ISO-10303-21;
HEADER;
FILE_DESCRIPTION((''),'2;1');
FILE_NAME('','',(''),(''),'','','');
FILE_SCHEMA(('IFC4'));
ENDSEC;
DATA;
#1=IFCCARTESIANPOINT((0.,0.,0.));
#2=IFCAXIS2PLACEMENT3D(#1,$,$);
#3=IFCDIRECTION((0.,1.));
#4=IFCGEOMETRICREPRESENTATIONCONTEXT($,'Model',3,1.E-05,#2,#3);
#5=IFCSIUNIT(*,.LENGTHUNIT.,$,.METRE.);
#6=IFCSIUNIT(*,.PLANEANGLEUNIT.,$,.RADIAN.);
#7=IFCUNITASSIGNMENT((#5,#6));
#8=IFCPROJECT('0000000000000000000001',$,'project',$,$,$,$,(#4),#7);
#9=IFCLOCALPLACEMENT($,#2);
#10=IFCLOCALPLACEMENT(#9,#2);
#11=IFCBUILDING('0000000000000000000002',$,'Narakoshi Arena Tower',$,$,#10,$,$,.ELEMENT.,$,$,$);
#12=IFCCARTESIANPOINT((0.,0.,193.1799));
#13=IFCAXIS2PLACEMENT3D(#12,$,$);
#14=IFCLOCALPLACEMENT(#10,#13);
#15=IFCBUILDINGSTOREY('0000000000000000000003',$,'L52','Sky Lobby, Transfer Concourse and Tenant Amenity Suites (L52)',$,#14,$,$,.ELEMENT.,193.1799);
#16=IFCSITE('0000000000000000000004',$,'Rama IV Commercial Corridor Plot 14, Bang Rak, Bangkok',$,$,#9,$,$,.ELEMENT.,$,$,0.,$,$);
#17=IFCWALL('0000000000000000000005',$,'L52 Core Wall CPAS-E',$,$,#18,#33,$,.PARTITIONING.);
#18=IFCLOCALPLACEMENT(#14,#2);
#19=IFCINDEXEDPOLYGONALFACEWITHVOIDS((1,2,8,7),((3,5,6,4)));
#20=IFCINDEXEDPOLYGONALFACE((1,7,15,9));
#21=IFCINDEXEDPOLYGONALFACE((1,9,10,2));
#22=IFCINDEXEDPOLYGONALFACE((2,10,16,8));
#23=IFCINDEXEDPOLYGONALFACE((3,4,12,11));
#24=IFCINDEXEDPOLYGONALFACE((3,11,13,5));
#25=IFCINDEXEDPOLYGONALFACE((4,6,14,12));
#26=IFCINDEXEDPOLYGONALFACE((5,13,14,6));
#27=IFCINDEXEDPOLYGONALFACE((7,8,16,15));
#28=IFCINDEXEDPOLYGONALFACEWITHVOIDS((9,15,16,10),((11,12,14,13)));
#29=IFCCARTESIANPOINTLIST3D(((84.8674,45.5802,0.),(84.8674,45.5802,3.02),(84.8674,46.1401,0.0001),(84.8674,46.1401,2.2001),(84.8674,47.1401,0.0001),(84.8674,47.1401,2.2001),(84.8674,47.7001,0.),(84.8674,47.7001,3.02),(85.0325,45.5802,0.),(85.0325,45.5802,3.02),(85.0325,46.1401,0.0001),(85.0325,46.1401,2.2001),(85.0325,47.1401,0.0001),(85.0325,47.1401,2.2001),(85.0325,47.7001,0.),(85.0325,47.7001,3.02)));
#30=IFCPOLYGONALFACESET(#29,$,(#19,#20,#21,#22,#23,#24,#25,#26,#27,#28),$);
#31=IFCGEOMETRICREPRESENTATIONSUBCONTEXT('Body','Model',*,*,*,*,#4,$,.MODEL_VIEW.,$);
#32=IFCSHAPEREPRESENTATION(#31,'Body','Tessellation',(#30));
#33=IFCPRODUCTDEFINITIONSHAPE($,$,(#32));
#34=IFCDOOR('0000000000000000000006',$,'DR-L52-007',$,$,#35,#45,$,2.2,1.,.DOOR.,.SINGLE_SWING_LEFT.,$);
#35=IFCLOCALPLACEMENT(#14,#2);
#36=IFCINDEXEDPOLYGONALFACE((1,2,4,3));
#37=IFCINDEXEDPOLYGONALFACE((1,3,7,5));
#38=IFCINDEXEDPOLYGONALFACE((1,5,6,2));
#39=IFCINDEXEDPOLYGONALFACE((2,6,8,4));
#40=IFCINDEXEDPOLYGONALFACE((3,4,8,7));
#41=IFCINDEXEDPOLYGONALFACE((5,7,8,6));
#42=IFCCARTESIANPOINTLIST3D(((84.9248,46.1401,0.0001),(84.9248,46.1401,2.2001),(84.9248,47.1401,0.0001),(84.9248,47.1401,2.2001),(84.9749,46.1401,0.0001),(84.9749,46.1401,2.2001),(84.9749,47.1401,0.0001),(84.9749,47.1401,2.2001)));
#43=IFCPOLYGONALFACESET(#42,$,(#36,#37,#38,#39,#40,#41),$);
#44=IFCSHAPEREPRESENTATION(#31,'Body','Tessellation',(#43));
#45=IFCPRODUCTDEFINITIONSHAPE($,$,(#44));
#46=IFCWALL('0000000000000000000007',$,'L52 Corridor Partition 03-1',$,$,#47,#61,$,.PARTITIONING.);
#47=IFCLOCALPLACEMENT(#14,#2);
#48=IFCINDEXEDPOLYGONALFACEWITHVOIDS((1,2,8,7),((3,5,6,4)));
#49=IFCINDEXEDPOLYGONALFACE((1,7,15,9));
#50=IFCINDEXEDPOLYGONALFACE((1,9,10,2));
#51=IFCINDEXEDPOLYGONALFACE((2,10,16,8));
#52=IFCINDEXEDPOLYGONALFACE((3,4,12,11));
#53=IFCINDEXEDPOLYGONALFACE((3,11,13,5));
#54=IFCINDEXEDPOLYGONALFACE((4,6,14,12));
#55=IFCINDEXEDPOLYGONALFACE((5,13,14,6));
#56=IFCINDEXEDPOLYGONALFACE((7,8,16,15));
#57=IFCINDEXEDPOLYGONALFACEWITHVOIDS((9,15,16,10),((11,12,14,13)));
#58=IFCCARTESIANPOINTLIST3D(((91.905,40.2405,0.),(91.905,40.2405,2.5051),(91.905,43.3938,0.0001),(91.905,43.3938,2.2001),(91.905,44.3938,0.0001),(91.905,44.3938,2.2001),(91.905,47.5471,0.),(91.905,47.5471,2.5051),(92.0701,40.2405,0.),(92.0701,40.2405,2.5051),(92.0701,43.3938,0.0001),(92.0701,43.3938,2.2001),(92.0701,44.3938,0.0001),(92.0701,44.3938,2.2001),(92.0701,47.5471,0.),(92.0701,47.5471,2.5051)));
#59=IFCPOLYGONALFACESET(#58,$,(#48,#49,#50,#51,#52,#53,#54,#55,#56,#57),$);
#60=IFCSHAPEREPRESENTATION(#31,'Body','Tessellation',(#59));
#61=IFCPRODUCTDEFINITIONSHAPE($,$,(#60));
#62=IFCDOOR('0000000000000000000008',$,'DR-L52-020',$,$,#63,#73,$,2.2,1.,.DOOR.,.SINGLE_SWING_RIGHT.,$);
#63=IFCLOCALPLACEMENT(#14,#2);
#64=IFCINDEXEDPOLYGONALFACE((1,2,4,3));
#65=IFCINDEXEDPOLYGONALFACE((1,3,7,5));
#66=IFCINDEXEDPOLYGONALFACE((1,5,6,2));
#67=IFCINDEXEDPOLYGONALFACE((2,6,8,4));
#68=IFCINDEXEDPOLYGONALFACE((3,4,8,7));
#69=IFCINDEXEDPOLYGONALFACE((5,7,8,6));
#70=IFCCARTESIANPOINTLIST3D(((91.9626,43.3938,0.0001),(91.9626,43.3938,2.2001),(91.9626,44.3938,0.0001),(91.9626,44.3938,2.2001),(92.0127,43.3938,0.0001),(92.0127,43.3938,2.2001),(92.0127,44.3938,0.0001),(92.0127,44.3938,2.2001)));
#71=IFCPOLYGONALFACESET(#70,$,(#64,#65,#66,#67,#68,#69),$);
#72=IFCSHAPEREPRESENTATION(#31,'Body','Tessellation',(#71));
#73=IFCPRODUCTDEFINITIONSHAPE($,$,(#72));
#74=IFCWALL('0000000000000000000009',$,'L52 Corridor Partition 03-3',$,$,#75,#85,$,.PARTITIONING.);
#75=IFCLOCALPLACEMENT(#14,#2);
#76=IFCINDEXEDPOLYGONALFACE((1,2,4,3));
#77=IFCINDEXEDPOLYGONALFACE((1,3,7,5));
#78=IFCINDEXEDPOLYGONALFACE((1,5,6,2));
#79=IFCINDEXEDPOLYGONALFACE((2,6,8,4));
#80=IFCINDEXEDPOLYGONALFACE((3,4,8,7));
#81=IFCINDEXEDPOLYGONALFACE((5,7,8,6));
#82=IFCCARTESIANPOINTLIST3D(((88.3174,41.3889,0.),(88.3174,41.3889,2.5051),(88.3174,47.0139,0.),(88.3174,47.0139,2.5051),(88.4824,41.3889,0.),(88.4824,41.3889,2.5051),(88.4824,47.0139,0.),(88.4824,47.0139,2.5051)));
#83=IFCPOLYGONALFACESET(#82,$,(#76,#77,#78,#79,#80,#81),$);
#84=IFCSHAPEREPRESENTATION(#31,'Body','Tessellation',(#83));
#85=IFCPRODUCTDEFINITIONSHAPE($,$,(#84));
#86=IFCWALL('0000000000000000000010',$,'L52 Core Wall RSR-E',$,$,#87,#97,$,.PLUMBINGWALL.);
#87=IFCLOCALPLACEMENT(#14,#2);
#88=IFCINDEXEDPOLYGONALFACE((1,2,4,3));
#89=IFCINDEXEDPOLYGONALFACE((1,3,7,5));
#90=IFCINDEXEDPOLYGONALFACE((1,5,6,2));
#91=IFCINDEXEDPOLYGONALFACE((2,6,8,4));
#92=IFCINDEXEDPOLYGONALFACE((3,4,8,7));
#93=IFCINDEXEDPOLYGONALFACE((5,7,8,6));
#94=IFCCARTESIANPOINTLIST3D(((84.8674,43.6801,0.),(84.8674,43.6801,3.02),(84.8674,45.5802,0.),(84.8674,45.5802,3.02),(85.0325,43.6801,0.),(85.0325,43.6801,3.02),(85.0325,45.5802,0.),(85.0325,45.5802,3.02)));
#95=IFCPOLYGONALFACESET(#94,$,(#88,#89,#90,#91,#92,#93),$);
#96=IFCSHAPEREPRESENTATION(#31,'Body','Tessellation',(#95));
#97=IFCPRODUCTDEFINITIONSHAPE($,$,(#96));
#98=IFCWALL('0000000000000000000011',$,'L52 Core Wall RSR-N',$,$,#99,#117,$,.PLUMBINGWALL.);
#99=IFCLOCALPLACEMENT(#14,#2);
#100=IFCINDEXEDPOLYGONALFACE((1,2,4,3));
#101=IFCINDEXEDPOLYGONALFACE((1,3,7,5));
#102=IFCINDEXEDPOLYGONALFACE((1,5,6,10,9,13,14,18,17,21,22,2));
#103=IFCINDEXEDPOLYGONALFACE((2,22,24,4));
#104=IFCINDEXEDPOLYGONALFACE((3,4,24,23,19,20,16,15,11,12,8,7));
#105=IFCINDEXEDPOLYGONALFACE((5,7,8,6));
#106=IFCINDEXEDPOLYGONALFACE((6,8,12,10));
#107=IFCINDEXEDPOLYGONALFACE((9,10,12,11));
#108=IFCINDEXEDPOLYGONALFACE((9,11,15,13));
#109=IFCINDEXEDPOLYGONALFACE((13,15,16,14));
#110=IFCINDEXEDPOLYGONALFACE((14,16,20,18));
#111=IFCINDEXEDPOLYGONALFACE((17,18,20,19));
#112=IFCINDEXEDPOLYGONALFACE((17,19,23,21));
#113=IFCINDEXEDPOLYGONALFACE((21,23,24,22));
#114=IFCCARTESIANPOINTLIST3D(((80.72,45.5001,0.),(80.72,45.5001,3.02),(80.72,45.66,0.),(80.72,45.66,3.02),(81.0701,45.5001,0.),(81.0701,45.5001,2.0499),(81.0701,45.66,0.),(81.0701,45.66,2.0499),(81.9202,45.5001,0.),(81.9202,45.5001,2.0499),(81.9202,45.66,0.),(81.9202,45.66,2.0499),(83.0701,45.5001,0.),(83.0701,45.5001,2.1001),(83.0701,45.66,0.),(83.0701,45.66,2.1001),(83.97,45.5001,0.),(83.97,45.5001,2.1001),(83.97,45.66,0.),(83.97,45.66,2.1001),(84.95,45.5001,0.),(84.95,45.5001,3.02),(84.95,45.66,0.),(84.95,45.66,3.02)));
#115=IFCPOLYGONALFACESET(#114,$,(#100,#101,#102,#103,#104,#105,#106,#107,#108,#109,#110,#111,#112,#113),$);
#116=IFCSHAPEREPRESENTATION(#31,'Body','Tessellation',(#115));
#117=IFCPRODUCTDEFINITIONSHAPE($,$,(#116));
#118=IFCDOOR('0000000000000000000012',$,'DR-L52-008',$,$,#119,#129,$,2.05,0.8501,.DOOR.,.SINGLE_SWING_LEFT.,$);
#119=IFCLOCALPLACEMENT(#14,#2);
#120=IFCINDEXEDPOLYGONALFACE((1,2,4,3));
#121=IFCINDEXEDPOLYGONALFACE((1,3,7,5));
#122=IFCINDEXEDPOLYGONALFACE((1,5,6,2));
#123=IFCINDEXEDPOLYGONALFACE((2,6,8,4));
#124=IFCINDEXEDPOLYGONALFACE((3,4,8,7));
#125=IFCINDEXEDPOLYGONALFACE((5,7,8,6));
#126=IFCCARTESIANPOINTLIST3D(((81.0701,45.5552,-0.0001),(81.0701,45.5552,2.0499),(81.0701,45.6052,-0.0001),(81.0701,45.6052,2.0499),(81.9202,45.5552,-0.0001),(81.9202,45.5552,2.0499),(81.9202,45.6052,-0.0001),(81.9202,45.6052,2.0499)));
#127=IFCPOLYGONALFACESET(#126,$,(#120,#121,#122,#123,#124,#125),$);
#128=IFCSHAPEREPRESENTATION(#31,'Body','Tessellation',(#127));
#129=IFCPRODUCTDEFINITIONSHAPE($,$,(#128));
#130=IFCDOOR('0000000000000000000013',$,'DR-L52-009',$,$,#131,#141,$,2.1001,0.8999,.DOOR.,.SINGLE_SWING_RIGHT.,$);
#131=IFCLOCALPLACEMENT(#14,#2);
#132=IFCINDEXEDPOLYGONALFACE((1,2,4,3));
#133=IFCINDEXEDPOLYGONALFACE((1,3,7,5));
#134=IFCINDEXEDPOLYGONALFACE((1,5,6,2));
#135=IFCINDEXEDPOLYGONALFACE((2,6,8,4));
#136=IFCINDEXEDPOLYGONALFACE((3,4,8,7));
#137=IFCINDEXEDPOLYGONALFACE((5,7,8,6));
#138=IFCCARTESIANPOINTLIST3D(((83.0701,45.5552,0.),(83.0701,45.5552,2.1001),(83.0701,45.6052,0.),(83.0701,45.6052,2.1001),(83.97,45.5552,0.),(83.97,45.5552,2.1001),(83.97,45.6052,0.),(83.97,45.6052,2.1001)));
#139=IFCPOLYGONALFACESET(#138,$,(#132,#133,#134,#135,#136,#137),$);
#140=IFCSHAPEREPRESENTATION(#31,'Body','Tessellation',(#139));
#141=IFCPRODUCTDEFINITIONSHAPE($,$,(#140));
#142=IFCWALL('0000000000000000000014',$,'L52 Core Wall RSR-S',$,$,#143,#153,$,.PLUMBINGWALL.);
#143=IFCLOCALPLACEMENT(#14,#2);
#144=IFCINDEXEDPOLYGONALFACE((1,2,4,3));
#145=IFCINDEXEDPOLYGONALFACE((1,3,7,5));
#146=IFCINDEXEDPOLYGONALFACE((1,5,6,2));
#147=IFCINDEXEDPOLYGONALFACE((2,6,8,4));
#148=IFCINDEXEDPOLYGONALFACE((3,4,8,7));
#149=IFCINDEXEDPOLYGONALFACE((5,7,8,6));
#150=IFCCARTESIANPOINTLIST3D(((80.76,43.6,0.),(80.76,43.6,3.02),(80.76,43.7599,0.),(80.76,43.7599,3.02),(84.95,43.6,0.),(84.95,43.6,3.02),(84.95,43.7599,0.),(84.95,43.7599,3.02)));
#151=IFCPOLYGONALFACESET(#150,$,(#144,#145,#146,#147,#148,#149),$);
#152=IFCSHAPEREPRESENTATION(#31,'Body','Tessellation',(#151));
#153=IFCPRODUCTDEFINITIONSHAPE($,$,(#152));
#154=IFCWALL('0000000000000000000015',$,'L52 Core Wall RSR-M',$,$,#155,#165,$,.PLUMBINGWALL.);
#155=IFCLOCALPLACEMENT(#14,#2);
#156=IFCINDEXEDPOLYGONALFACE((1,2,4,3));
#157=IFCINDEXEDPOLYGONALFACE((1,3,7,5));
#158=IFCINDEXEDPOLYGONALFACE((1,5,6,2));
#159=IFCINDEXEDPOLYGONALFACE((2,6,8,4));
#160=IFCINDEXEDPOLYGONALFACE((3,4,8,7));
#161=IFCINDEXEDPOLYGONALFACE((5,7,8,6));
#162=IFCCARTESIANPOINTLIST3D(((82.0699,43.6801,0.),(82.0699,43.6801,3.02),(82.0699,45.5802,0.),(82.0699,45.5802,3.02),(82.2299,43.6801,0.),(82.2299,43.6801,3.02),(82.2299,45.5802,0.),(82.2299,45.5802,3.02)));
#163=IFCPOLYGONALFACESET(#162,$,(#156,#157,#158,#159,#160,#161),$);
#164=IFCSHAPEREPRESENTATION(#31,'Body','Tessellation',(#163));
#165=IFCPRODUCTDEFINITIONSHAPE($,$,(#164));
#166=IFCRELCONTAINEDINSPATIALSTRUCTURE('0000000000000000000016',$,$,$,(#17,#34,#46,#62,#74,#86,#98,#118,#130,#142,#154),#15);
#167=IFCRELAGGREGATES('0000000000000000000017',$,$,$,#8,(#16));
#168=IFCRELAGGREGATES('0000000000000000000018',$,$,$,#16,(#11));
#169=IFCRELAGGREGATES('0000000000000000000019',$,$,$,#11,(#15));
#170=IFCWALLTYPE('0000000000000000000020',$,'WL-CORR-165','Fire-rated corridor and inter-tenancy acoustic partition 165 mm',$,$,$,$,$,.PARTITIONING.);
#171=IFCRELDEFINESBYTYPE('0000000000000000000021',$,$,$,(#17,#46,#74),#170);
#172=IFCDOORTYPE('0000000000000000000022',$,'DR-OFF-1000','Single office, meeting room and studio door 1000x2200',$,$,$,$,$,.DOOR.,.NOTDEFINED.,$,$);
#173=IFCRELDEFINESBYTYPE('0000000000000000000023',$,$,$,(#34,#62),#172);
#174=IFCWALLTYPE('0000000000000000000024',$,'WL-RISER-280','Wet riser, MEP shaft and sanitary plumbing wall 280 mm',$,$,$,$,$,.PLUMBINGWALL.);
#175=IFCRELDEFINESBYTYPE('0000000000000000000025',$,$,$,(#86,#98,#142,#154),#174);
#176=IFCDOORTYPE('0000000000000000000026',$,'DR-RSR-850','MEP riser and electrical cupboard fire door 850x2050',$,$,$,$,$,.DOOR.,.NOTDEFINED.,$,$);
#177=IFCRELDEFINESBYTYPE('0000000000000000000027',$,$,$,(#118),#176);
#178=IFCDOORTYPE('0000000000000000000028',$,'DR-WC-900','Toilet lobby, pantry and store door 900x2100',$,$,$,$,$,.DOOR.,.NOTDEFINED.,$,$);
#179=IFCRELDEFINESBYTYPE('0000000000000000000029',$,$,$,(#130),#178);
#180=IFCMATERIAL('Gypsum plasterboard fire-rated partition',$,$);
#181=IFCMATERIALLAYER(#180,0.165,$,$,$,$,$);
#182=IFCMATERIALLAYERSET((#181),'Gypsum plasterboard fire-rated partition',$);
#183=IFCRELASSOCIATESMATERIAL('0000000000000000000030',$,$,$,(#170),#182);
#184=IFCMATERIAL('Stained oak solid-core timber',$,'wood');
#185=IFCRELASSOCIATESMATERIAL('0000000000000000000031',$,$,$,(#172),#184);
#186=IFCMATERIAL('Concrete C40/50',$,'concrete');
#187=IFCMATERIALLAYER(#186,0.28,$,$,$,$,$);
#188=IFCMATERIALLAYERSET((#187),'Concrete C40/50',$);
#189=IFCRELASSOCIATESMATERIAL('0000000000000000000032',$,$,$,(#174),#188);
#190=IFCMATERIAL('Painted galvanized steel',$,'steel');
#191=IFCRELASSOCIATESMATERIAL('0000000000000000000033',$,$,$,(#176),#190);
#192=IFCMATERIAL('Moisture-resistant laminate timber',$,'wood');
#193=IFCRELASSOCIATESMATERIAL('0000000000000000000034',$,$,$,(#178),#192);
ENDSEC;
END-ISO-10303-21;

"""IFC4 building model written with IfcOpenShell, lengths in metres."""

from ifc_helpers import new_model, si_unit, direction, frame, frame_2d, origin, place, context, subcontext, project, spatial, rectangle, extrude, material, layer, layer_set, type_object, element, fill, save


model = new_model("IFC4")

# Units and contexts
model_context = context("Model", 3, precision=1e-05, world=origin(), true_north=direction((0.0, 1.0)))
body_context = subcontext(model_context, "Body", "Model", "MODEL_VIEW")
ifc_project = project(units=[si_unit("LENGTHUNIT", "METRE"), si_unit("PLANEANGLEUNIT", "RADIAN")], contexts=[model_context])

# Site, building, storey
site_placement = place(None, origin())
site = spatial("IfcSite", under=ifc_project, at=site_placement, Name="Rama IV Commercial Corridor Plot 14, Bang Rak, Bangkok", CompositionType="ELEMENT", RefElevation=0.0)
building_placement = place(site_placement, origin())
building = spatial("IfcBuilding", under=site, at=building_placement, Name="Narakoshi Arena Tower", CompositionType="ELEMENT")
storey_placement = place(building_placement, frame((0.0, 0.0, 193.1799)))
storey = spatial("IfcBuildingStorey", under=building, at=storey_placement, Name="L52", Description="Sky Lobby, Transfer Concourse and Tenant Amenity Suites (L52)", CompositionType="ELEMENT", Elevation=193.1799)

# Walls, openings, doors
ifc_material_1 = material(Name="Gypsum plasterboard fire-rated partition")
ifc_layer_1 = layer(ifc_material_1, 0.165)
ifc_layer_set_1 = layer_set([ifc_layer_1], Name="Gypsum plasterboard fire-rated partition")
wall_type_1 = type_object("IfcWallType", Name="WL-CORR-165", Description="Fire-rated corridor and inter-tenancy acoustic partition 165 mm", PredefinedType="PARTITIONING", material=ifc_layer_set_1)
wall_1_placement = place(storey_placement, frame((84.95, 45.5801, 0.0), z_axis=(0.0, 0.0, 1.0), x_axis=(0.0, 1.0, 0.0)))
wall_1 = element("IfcWall", 1, at=wall_1_placement, inside=storey, type_object=wall_type_1, Name="L52 Core Wall CPAS-E", PredefinedType="PARTITIONING", context=body_context, shape_type="SweptSolid", body=[
    extrude(rectangle(XDim=2.1199, YDim=0.165, at=frame_2d((1.0601, 0.0))), origin(), (0.0, 0.0, 1.0), 3.02),
])
opening_1_placement = place(wall_1_placement, frame((0.5601, 0.0, 0.0)))
opening_1 = element("IfcOpeningElement", 2, at=opening_1_placement, cuts=wall_1, PredefinedType="OPENING", context=body_context, shape_type="SweptSolid", body=[
    extrude(rectangle(XDim=1.0, YDim=2.2, at=frame_2d((0.5, 1.1001))), frame((0.0, 0.0925, 0.0), z_axis=(0.0, -1.0, 0.0), x_axis=(1.0, 0.0, 0.0)), (0.0, 0.0, 1.0), 0.1851),
])
ifc_material_2 = material(Name="Stained oak solid-core timber", Category="wood")
door_type_1 = type_object("IfcDoorType", Name="DR-OFF-1000", Description="Single office, meeting room and studio door 1000x2200", OperationType="NOTDEFINED", PredefinedType="DOOR", material=ifc_material_2)
door_1_placement = place(opening_1_placement, frame((1.0, 0.0, 0.0), z_axis=(0.0, 0.0, 1.0), x_axis=(-1.0, 0.0, 0.0)))
door_1 = element("IfcDoor", 3, at=door_1_placement, inside=storey, type_object=door_type_1, Name="DR-L52-007", OperationType="SINGLE_SWING_LEFT", OverallHeight=2.2, OverallWidth=1.0, PredefinedType="DOOR", context=body_context, shape_type="SweptSolid", body=[
    extrude(rectangle(XDim=1.0, YDim=2.2, at=frame_2d((0.5, 1.1001))), frame((0.0, 0.0249, 0.0), z_axis=(0.0, -1.0, 0.0), x_axis=(1.0, 0.0, 0.0)), (0.0, 0.0, 1.0), 0.05),
])
fill(opening_1, door_1)
wall_2_placement = place(storey_placement, frame((91.9875, 47.5471, 0.0), z_axis=(0.0, 0.0, 1.0), x_axis=(0.0, -1.0, 0.0)))
wall_2 = element("IfcWall", 4, at=wall_2_placement, inside=storey, type_object=wall_type_1, Name="L52 Corridor Partition 03-1", PredefinedType="PARTITIONING", context=body_context, shape_type="SweptSolid", body=[
    extrude(rectangle(XDim=7.3066, YDim=0.165, at=frame_2d((3.6533, 0.0))), origin(), (0.0, 0.0, 1.0), 2.5051),
])
opening_2_placement = place(wall_2_placement, frame((3.1533, 0.0, 0.0)))
opening_2 = element("IfcOpeningElement", 5, at=opening_2_placement, cuts=wall_2, PredefinedType="OPENING", context=body_context, shape_type="SweptSolid", body=[
    extrude(rectangle(XDim=1.0, YDim=2.2, at=frame_2d((0.5, 1.1001))), frame((0.0, 0.0925, 0.0), z_axis=(0.0, -1.0, 0.0), x_axis=(1.0, 0.0, 0.0)), (0.0, 0.0, 1.0), 0.1851),
])
door_2_placement = place(opening_2_placement, frame((1.0, 0.0, 0.0), z_axis=(0.0, 0.0, 1.0), x_axis=(-1.0, 0.0, 0.0)))
door_2 = element("IfcDoor", 6, at=door_2_placement, inside=storey, type_object=door_type_1, Name="DR-L52-020", OperationType="SINGLE_SWING_RIGHT", OverallHeight=2.2, OverallWidth=1.0, PredefinedType="DOOR", context=body_context, shape_type="SweptSolid", body=[
    extrude(rectangle(XDim=1.0, YDim=2.2, at=frame_2d((0.5, 1.1001))), frame((0.0, 0.0249, 0.0), z_axis=(0.0, -1.0, 0.0), x_axis=(1.0, 0.0, 0.0)), (0.0, 0.0, 1.0), 0.05),
])
fill(opening_2, door_2)

# Walls
wall_3_placement = place(storey_placement, frame((88.3999, 41.3889, 0.0), z_axis=(0.0, 0.0, 1.0), x_axis=(0.0, 1.0, 0.0)))
element("IfcWall", 7, at=wall_3_placement, inside=storey, type_object=wall_type_1, Name="L52 Corridor Partition 03-3", PredefinedType="PARTITIONING", context=body_context, shape_type="SweptSolid", body=[
    extrude(rectangle(XDim=5.625, YDim=0.165, at=frame_2d((2.8125, 0.0))), origin(), (0.0, 0.0, 1.0), 2.5051),
])
ifc_material_3 = material(Name="Concrete C40/50", Category="concrete")
ifc_layer_2 = layer(ifc_material_3, 0.28)
ifc_layer_set_2 = layer_set([ifc_layer_2], Name="Concrete C40/50")
wall_type_2 = type_object("IfcWallType", Name="WL-RISER-280", Description="Wet riser, MEP shaft and sanitary plumbing wall 280 mm", PredefinedType="PLUMBINGWALL", material=ifc_layer_set_2)
wall_4_placement = place(storey_placement, frame((84.95, 43.6799, 0.0), z_axis=(0.0, 0.0, 1.0), x_axis=(0.0, 1.0, 0.0)))
element("IfcWall", 8, at=wall_4_placement, inside=storey, type_object=wall_type_2, Name="L52 Core Wall RSR-E", PredefinedType="PLUMBINGWALL", context=body_context, shape_type="SweptSolid", body=[
    extrude(rectangle(XDim=1.9001, YDim=0.165, at=frame_2d((0.9502, 0.0))), origin(), (0.0, 0.0, 1.0), 3.02),
])

# Wall, openings, doors
wall_5_placement = place(storey_placement, frame((80.72, 45.5801, 0.0), z_axis=(0.0, 0.0, 1.0), x_axis=(1.0, 0.0, 0.0)))
wall_5 = element("IfcWall", 9, at=wall_5_placement, inside=storey, type_object=wall_type_2, Name="L52 Core Wall RSR-N", PredefinedType="PLUMBINGWALL", context=body_context, shape_type="SweptSolid", body=[
    extrude(rectangle(XDim=4.23, YDim=0.1599, at=frame_2d((2.115, 0.0))), origin(), (0.0, 0.0, 1.0), 3.02),
])
opening_3_placement = place(wall_5_placement, frame((0.3501, 0.0, 0.0)))
opening_3 = element("IfcOpeningElement", 10, at=opening_3_placement, cuts=wall_5, PredefinedType="OPENING", context=body_context, shape_type="SweptSolid", body=[
    extrude(rectangle(XDim=0.8501, YDim=2.05, at=frame_2d((0.425, 1.0249))), frame((0.0, 0.0898, 0.0), z_axis=(0.0, -1.0, 0.0), x_axis=(1.0, 0.0, 0.0)), (0.0, 0.0, 1.0), 0.1799),
])
opening_4_placement = place(wall_5_placement, frame((2.3501, 0.0, 0.0)))
opening_4 = element("IfcOpeningElement", 11, at=opening_4_placement, cuts=wall_5, PredefinedType="OPENING", context=body_context, shape_type="SweptSolid", body=[
    extrude(rectangle(XDim=0.8999, YDim=2.1001, at=frame_2d((0.45, 1.05))), frame((0.0, 0.0898, 0.0), z_axis=(0.0, -1.0, 0.0), x_axis=(1.0, 0.0, 0.0)), (0.0, 0.0, 1.0), 0.1799),
])
ifc_material_4 = material(Name="Painted galvanized steel", Category="steel")
door_type_2 = type_object("IfcDoorType", Name="DR-RSR-850", Description="MEP riser and electrical cupboard fire door 850x2050", OperationType="NOTDEFINED", PredefinedType="DOOR", material=ifc_material_4)
door_3_placement = place(opening_3_placement, frame((0.8501, 0.0, 0.0), z_axis=(0.0, 0.0, 1.0), x_axis=(-1.0, 0.0, 0.0)))
door_3 = element("IfcDoor", 12, at=door_3_placement, inside=storey, type_object=door_type_2, Name="DR-L52-008", OperationType="SINGLE_SWING_LEFT", OverallHeight=2.05, OverallWidth=0.8501, PredefinedType="DOOR", context=body_context, shape_type="SweptSolid", body=[
    extrude(rectangle(XDim=0.8501, YDim=2.05, at=frame_2d((0.425, 1.0249))), frame((0.0, 0.0249, 0.0), z_axis=(0.0, -1.0, 0.0), x_axis=(1.0, 0.0, 0.0)), (0.0, 0.0, 1.0), 0.05),
])
fill(opening_3, door_3)
ifc_material_5 = material(Name="Moisture-resistant laminate timber", Category="wood")
door_type_3 = type_object("IfcDoorType", Name="DR-WC-900", Description="Toilet lobby, pantry and store door 900x2100", OperationType="NOTDEFINED", PredefinedType="DOOR", material=ifc_material_5)
door_4_placement = place(opening_4_placement, frame((0.8999, 0.0, 0.0), z_axis=(0.0, 0.0, 1.0), x_axis=(-1.0, 0.0, 0.0)))
door_4 = element("IfcDoor", 13, at=door_4_placement, inside=storey, type_object=door_type_3, Name="DR-L52-009", OperationType="SINGLE_SWING_RIGHT", OverallHeight=2.1001, OverallWidth=0.8999, PredefinedType="DOOR", context=body_context, shape_type="SweptSolid", body=[
    extrude(rectangle(XDim=0.8999, YDim=2.1001, at=frame_2d((0.45, 1.05))), frame((0.0, 0.0249, 0.0), z_axis=(0.0, -1.0, 0.0), x_axis=(1.0, 0.0, 0.0)), (0.0, 0.0, 1.0), 0.05),
])
fill(opening_4, door_4)

# Walls
wall_6_placement = place(storey_placement, frame((80.76, 43.6799, 0.0), z_axis=(0.0, 0.0, 1.0), x_axis=(1.0, 0.0, 0.0)))
element("IfcWall", 14, at=wall_6_placement, inside=storey, type_object=wall_type_2, Name="L52 Core Wall RSR-S", PredefinedType="PLUMBINGWALL", context=body_context, shape_type="SweptSolid", body=[
    extrude(rectangle(XDim=4.1899, YDim=0.1599, at=frame_2d((2.095, 0.0))), origin(), (0.0, 0.0, 1.0), 3.02),
])
wall_7_placement = place(storey_placement, frame((82.1499, 43.6799, 0.0), z_axis=(0.0, 0.0, 1.0), x_axis=(0.0, 1.0, 0.0)))
element("IfcWall", 15, at=wall_7_placement, inside=storey, type_object=wall_type_2, Name="L52 Core Wall RSR-M", PredefinedType="PLUMBINGWALL", context=body_context, shape_type="SweptSolid", body=[
    extrude(rectangle(XDim=1.9001, YDim=0.1599, at=frame_2d((0.9502, 0.0))), origin(), (0.0, 0.0, 1.0), 3.02),
])

save(model, "model.ifc")
